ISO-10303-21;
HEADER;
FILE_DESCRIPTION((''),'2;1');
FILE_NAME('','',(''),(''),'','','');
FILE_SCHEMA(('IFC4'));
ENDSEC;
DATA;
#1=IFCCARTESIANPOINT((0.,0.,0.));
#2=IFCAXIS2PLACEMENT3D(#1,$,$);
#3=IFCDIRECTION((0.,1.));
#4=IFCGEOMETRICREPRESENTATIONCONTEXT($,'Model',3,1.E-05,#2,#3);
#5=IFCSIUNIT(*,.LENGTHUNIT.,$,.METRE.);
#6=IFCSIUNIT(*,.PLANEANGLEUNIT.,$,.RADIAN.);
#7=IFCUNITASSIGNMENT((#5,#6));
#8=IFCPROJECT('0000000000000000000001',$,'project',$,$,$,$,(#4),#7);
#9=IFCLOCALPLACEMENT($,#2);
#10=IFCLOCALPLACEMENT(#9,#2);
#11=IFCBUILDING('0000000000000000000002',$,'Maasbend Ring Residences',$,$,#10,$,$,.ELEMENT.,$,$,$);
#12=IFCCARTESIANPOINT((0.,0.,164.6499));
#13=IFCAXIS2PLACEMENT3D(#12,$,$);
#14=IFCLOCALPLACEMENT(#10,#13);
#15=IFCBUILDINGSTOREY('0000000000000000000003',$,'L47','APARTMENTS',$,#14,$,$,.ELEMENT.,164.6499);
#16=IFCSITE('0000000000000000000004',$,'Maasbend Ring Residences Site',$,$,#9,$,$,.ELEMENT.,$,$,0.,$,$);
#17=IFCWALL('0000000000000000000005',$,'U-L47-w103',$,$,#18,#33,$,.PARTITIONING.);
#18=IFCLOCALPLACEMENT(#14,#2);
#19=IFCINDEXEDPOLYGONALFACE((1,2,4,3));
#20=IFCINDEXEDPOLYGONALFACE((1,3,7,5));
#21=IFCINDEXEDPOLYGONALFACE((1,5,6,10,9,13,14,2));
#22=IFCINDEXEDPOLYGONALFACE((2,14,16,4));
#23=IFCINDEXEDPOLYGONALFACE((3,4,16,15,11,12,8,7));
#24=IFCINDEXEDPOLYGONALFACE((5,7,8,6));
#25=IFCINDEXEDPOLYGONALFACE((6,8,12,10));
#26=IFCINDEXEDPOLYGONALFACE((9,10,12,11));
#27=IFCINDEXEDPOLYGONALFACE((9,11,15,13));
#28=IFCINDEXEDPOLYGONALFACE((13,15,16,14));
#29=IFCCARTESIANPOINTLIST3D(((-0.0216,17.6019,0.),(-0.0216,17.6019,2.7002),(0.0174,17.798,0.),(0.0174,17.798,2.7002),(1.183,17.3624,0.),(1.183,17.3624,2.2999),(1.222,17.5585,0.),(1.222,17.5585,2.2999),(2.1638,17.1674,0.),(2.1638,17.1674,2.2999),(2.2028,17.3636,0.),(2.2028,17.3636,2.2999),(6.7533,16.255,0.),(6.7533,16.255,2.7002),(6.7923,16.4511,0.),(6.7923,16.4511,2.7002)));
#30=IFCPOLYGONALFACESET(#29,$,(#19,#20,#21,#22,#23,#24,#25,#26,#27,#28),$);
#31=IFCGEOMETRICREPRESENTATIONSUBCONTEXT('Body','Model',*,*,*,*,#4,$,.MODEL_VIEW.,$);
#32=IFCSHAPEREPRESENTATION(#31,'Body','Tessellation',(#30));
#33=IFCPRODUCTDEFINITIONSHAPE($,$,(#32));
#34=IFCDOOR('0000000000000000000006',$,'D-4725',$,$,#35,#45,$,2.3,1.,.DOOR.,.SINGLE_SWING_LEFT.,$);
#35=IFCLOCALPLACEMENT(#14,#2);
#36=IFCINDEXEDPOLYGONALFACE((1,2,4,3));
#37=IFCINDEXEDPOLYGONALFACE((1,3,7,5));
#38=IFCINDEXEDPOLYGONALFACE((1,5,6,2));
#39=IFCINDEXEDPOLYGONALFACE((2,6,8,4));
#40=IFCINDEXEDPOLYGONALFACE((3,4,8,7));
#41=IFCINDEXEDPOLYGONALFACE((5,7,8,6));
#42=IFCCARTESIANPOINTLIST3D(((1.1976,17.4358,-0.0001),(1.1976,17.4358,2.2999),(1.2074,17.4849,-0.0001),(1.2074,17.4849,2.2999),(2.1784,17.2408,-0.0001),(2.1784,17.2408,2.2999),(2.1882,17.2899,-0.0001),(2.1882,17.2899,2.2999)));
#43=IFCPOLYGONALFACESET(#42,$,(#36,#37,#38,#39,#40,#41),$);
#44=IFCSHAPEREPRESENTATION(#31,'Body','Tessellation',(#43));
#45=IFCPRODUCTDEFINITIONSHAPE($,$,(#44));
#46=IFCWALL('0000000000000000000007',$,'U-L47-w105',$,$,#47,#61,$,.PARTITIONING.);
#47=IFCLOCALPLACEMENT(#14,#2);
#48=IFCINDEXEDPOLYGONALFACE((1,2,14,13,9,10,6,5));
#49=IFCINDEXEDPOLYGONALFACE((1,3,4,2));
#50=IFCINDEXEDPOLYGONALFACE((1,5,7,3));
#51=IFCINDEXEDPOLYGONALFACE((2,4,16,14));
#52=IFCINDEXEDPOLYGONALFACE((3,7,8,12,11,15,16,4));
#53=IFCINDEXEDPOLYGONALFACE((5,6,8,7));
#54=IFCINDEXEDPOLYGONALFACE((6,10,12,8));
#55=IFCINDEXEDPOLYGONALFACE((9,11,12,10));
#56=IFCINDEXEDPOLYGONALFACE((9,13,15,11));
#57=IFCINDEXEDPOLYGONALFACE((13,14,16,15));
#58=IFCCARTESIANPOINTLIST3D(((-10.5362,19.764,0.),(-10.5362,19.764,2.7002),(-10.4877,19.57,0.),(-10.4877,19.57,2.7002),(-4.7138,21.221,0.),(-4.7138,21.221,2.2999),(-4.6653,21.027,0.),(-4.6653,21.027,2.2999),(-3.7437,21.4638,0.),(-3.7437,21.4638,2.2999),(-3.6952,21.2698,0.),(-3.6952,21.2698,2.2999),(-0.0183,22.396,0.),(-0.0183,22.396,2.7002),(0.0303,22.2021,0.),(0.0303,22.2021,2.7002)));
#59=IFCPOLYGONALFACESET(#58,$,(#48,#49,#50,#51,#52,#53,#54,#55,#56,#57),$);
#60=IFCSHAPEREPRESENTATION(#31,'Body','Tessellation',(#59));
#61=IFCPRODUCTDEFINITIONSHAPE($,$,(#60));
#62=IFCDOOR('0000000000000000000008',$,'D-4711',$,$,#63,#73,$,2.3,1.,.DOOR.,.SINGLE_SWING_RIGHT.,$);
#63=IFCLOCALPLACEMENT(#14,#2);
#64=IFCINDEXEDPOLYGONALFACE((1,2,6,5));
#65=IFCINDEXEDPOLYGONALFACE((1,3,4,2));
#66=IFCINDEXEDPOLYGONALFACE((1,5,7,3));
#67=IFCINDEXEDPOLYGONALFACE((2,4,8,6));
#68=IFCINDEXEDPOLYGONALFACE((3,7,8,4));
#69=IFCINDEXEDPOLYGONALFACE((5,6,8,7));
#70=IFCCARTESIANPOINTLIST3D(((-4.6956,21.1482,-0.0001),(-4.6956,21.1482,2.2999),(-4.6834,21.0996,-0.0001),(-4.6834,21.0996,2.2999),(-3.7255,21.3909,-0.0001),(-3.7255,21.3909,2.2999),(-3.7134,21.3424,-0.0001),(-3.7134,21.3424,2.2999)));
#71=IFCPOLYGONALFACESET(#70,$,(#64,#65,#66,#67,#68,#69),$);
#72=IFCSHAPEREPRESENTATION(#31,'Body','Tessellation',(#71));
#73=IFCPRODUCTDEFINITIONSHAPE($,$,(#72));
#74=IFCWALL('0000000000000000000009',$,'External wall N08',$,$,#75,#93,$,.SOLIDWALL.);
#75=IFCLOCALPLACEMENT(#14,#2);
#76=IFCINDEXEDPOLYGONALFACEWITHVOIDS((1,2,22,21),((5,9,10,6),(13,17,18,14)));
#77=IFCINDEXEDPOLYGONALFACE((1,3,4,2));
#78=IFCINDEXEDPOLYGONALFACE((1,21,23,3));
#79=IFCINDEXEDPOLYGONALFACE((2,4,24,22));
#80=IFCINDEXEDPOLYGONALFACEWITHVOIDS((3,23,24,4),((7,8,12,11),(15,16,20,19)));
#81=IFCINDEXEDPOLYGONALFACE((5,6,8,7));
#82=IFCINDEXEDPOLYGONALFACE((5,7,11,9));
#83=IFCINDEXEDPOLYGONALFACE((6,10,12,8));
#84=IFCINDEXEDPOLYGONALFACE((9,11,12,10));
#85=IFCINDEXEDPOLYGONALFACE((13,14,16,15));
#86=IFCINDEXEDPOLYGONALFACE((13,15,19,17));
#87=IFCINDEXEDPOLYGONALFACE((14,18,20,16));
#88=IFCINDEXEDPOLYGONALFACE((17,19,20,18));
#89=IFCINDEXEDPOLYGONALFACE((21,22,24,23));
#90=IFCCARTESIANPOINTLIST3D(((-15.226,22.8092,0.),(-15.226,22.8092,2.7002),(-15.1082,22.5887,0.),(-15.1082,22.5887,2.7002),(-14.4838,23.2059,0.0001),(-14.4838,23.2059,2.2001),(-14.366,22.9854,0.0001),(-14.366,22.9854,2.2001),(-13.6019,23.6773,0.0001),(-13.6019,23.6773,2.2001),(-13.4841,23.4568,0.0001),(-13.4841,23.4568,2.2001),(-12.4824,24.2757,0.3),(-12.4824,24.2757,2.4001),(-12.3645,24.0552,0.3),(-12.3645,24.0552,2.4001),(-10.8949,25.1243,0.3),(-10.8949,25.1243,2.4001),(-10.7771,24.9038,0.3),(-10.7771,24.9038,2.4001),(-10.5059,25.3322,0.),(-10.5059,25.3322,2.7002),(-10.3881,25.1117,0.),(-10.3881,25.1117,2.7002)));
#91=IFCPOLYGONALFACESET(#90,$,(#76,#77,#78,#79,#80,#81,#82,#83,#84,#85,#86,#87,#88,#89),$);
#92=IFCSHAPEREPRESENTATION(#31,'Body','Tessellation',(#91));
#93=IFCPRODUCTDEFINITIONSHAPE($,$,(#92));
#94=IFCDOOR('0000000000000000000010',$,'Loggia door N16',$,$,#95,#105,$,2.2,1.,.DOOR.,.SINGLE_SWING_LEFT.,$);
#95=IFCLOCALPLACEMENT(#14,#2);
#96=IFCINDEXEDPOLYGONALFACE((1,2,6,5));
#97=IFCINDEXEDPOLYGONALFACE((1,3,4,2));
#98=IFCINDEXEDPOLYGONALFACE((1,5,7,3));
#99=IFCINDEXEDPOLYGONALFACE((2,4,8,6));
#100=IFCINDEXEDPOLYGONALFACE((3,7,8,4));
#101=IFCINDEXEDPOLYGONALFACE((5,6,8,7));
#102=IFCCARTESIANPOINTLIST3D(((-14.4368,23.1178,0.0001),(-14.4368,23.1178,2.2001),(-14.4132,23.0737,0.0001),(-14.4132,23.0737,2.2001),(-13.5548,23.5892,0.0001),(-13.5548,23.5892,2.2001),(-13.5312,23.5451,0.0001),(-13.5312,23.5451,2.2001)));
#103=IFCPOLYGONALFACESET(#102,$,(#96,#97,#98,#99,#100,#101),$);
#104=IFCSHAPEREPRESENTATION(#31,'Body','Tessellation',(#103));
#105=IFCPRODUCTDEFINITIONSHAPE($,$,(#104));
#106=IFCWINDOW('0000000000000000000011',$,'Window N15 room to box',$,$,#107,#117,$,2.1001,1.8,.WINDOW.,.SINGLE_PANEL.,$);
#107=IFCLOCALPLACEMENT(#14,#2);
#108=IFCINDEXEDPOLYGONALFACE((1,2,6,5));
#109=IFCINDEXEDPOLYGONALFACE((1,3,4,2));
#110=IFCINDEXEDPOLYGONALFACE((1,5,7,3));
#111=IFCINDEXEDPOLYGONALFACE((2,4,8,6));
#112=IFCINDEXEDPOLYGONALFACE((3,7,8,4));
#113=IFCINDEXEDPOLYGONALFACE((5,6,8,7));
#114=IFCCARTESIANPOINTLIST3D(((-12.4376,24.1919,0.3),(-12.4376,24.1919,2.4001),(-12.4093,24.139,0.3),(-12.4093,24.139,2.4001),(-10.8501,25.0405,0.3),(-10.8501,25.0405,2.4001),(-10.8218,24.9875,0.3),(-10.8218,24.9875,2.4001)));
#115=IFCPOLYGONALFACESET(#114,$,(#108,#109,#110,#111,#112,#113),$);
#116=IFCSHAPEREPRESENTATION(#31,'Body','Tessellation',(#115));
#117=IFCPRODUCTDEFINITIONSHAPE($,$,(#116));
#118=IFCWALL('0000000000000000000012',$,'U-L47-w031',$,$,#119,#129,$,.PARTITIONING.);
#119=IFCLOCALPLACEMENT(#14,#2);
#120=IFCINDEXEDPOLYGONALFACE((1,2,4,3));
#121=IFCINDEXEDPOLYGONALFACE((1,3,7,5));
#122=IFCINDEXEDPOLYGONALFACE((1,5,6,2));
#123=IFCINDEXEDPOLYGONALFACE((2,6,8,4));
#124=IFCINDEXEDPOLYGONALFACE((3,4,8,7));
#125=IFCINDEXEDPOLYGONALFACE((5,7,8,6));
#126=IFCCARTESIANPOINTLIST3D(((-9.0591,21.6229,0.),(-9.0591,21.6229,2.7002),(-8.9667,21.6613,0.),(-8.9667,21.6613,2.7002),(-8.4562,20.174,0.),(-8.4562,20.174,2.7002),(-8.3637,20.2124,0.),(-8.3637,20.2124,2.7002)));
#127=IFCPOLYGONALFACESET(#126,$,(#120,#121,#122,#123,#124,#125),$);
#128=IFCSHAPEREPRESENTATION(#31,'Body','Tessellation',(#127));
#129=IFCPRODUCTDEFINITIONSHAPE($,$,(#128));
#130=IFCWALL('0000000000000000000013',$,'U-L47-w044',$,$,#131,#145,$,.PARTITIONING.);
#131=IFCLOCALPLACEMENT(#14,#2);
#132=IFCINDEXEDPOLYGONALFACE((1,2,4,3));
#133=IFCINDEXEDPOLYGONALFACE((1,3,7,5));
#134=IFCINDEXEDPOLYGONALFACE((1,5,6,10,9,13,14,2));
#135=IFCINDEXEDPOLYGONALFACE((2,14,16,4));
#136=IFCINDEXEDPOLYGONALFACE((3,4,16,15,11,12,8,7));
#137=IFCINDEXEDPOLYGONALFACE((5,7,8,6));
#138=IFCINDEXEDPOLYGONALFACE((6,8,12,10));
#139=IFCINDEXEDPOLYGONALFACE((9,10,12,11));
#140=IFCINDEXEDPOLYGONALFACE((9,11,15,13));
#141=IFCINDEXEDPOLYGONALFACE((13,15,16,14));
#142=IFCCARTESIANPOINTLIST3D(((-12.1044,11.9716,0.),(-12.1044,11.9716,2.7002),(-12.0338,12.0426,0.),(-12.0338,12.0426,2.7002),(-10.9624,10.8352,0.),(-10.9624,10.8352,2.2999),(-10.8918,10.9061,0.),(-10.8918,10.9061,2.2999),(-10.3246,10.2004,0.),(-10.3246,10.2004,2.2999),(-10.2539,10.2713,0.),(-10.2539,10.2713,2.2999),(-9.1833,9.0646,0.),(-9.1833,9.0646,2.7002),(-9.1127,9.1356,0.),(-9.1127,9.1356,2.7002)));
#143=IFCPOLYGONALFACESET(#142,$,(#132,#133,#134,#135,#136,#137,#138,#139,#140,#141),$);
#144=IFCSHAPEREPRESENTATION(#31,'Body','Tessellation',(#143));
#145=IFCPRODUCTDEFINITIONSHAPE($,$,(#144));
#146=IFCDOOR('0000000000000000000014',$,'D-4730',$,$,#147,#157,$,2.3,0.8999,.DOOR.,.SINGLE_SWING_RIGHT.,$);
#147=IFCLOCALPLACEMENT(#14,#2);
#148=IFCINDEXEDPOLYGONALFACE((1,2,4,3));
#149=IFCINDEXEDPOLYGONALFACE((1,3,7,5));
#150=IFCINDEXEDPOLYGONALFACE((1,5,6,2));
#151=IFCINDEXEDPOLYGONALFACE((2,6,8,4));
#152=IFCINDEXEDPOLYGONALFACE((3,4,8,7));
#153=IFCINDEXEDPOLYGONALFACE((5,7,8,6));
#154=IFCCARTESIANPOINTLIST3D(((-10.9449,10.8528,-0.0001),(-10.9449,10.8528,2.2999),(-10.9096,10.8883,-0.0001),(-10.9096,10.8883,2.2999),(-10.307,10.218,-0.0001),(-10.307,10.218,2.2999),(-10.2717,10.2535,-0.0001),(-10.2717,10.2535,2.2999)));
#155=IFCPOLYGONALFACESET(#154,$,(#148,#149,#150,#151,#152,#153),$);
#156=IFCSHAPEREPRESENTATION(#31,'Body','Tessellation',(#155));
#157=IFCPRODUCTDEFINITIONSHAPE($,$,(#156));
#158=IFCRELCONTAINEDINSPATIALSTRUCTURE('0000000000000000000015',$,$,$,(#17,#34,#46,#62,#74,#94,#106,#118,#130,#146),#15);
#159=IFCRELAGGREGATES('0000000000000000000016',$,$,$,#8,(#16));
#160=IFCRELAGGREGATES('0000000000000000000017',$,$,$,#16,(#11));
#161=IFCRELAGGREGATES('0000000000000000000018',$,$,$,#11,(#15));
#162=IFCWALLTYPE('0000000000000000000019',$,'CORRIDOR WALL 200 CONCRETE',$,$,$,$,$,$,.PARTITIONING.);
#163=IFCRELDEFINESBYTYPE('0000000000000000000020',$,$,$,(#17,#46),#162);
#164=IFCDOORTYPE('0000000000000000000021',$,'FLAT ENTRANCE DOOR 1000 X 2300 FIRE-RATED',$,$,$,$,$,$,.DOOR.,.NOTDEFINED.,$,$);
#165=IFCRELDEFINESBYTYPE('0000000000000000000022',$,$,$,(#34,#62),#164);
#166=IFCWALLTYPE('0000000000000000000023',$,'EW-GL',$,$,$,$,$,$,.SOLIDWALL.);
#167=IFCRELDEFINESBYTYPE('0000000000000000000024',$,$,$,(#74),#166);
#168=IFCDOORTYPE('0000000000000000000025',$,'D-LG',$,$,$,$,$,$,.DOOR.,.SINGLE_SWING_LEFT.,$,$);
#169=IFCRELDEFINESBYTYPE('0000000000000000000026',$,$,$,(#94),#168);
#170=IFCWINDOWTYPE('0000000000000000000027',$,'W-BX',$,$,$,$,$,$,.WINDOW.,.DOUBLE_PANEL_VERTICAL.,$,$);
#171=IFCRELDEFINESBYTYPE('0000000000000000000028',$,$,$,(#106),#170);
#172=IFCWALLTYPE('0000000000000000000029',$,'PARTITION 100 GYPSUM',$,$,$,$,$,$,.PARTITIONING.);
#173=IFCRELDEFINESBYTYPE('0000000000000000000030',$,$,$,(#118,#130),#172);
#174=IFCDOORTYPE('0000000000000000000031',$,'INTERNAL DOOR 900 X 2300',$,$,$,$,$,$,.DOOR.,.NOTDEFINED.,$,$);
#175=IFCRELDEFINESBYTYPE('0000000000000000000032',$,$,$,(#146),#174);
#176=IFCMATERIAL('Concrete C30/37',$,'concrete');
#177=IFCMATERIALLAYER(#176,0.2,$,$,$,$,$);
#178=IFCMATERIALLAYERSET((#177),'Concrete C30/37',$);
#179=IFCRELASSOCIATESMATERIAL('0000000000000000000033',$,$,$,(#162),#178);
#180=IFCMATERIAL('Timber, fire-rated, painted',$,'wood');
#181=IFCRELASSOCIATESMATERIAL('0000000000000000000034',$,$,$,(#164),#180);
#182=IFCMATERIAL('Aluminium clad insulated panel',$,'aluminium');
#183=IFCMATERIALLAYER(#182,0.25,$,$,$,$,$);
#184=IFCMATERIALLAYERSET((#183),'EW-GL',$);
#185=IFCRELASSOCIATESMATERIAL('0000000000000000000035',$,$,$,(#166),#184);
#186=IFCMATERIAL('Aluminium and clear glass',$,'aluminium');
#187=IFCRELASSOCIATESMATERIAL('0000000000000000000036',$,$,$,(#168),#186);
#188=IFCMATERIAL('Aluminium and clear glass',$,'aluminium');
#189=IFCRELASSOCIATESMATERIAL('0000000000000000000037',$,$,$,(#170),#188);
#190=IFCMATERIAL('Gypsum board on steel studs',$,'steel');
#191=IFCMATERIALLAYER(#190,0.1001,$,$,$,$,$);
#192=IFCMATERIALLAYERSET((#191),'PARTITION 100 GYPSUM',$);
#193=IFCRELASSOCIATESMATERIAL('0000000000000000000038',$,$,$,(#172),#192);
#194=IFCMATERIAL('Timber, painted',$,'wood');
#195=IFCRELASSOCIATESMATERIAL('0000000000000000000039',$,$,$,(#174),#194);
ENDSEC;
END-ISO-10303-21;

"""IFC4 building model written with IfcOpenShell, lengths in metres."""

from ifc_helpers import new_model, si_unit, direction, frame, frame_2d, origin, place, context, subcontext, project, spatial, rectangle, extrude, material, layer, layer_set, type_object, element, fill, save


model = new_model("IFC4")

# Units and contexts
model_context = context("Model", 3, precision=1e-05, world=origin(), true_north=direction((0.0, 1.0)))
body_context = subcontext(model_context, "Body", "Model", "MODEL_VIEW")
ifc_project = project(units=[si_unit("LENGTHUNIT", "METRE"), si_unit("PLANEANGLEUNIT", "RADIAN")], contexts=[model_context])

# Site, building, storey
site_placement = place(None, origin())
site = spatial("IfcSite", under=ifc_project, at=site_placement, Name="Maasbend Ring Residences Site", CompositionType="ELEMENT", RefElevation=0.0)
building_placement = place(site_placement, origin())
building = spatial("IfcBuilding", under=site, at=building_placement, Name="Maasbend Ring Residences", CompositionType="ELEMENT")
storey_placement = place(building_placement, frame((0.0, 0.0, 164.6499)))
storey = spatial("IfcBuildingStorey", under=building, at=storey_placement, Name="L47", Description="APARTMENTS", CompositionType="ELEMENT", Elevation=164.6499)

# Walls, openings, doors
ifc_material_1 = material(Name="Concrete C30/37", Category="concrete")
ifc_layer_1 = layer(ifc_material_1, 0.2)
ifc_layer_set_1 = layer_set([ifc_layer_1], Name="Concrete C30/37")
wall_type_1 = type_object("IfcWallType", Name="CORRIDOR WALL 200 CONCRETE", PredefinedType="PARTITIONING", material=ifc_layer_set_1)
wall_1_placement = place(storey_placement, frame((-0.002, 17.7, 0.0), z_axis=(0.0, 0.0, 1.0), x_axis=(0.980804, -0.194995, 0.0)))
wall_1 = element("IfcWall", 1, at=wall_1_placement, inside=storey, type_object=wall_type_1, Name="U-L47-w103", PredefinedType="PARTITIONING", context=body_context, shape_type="SweptSolid", body=[
    extrude(rectangle(XDim=6.9075, YDim=0.2, at=frame_2d((3.4536, 0.0))), origin(), (0.0, 0.0, 1.0), 2.7002),
])
opening_1_placement = place(wall_1_placement, frame((1.228, 0.0, 0.0)))
opening_1 = element("IfcOpeningElement", 2, at=opening_1_placement, cuts=wall_1, PredefinedType="OPENING", context=body_context, shape_type="SweptSolid", body=[
    extrude(rectangle(XDim=1.0, YDim=2.3, at=frame_2d((0.5, 1.1499))), frame((0.0, 0.1099, 0.0), z_axis=(0.0, -1.0, 0.0), x_axis=(1.0, 0.0, 0.0)), (0.0, 0.0, 1.0), 0.22),
])
ifc_material_2 = material(Name="Timber, fire-rated, painted", Category="wood")
door_type_1 = type_object("IfcDoorType", Name="FLAT ENTRANCE DOOR 1000 X 2300 FIRE-RATED", OperationType="NOTDEFINED", PredefinedType="DOOR", material=ifc_material_2)
door_1_placement = place(opening_1_placement, origin())
door_1 = element("IfcDoor", 3, at=door_1_placement, inside=storey, type_object=door_type_1, Name="D-4725", OperationType="SINGLE_SWING_LEFT", OverallHeight=2.3, OverallWidth=1.0, PredefinedType="DOOR", context=body_context, shape_type="SweptSolid", body=[
    extrude(rectangle(XDim=1.0, YDim=2.3, at=frame_2d((0.5, 1.1499))), frame((0.0, 0.0249, 0.0), z_axis=(0.0, -1.0, 0.0), x_axis=(1.0, 0.0, 0.0)), (0.0, 0.0, 1.0), 0.05),
])
fill(opening_1, door_1)
wall_2_placement = place(storey_placement, frame((-10.512, 19.667, 0.0), z_axis=(0.0, 0.0, 1.0), x_axis=(0.970087, 0.242758, 0.0)))
wall_2 = element("IfcWall", 4, at=wall_2_placement, inside=storey, type_object=wall_type_1, Name="U-L47-w105", PredefinedType="PARTITIONING", context=body_context, shape_type="SweptSolid", body=[
    extrude(rectangle(XDim=10.8423, YDim=0.2, at=frame_2d((5.4211, 0.0))), origin(), (0.0, 0.0, 1.0), 2.7002),
])
opening_2_placement = place(wall_2_placement, frame((6.002, 0.0, 0.0)))
opening_2 = element("IfcOpeningElement", 5, at=opening_2_placement, cuts=wall_2, PredefinedType="OPENING", context=body_context, shape_type="SweptSolid", body=[
    extrude(rectangle(XDim=1.0, YDim=2.3, at=frame_2d((0.5, 1.1499))), frame((0.0, 0.1099, 0.0), z_axis=(0.0, -1.0, 0.0), x_axis=(1.0, 0.0, 0.0)), (0.0, 0.0, 1.0), 0.22),
])
door_2_placement = place(opening_2_placement, origin())
door_2 = element("IfcDoor", 6, at=door_2_placement, inside=storey, type_object=door_type_1, Name="D-4711", OperationType="SINGLE_SWING_RIGHT", OverallHeight=2.3, OverallWidth=1.0, PredefinedType="DOOR", context=body_context, shape_type="SweptSolid", body=[
    extrude(rectangle(XDim=1.0, YDim=2.3, at=frame_2d((0.5, 1.1499))), frame((0.0, 0.0249, 0.0), z_axis=(0.0, -1.0, 0.0), x_axis=(1.0, 0.0, 0.0)), (0.0, 0.0, 1.0), 0.05),
])
fill(opening_2, door_2)

# Wall, openings, door, window
ifc_material_3 = material(Name="Aluminium clad insulated panel", Category="aluminium")
ifc_layer_2 = layer(ifc_material_3, 0.25)
ifc_layer_set_2 = layer_set([ifc_layer_2], Name="EW-GL")
wall_type_2 = type_object("IfcWallType", Name="EW-GL", PredefinedType="SOLIDWALL", material=ifc_layer_set_2)
wall_3_placement = place(storey_placement, frame((-10.447, 25.2219, 0.0), z_axis=(0.0, 0.0, 1.0), x_axis=(-0.881916, -0.471407, 0.0)))
wall_3 = element("IfcWall", 7, at=wall_3_placement, inside=storey, type_object=wall_type_2, Name="External wall N08", PredefinedType="SOLIDWALL", context=body_context, shape_type="SweptSolid", body=[
    extrude(rectangle(XDim=5.3521, YDim=0.25, at=frame_2d((2.676, 0.0))), origin(), (0.0, 0.0, 1.0), 2.7002),
])
opening_3_placement = place(wall_3_placement, frame((0.4412, 0.0, 0.3)))
opening_3 = element("IfcOpeningElement", 8, at=opening_3_placement, cuts=wall_3, PredefinedType="OPENING", context=body_context, shape_type="SweptSolid", body=[
    extrude(rectangle(XDim=1.8, YDim=2.1001, at=frame_2d((0.8999, 1.05))), frame((0.0, 0.135, 0.0), z_axis=(0.0, -1.0, 0.0), x_axis=(1.0, 0.0, 0.0)), (0.0, 0.0, 1.0), 0.27),
])
opening_4_placement = place(wall_3_placement, frame((3.5105, 0.0, 0.0)))
opening_4 = element("IfcOpeningElement", 9, at=opening_4_placement, cuts=wall_3, PredefinedType="OPENING", context=body_context, shape_type="SweptSolid", body=[
    extrude(rectangle(XDim=1.0, YDim=2.2, at=frame_2d((0.5, 1.1001))), frame((0.0, 0.135, 0.0), z_axis=(0.0, -1.0, 0.0), x_axis=(1.0, 0.0, 0.0)), (0.0, 0.0, 1.0), 0.27),
])
ifc_material_4 = material(Name="Aluminium and clear glass", Category="aluminium")
door_type_2 = type_object("IfcDoorType", Name="D-LG", OperationType="SINGLE_SWING_LEFT", PredefinedType="DOOR", material=ifc_material_4)
door_3_placement = place(opening_4_placement, origin())
door_3 = element("IfcDoor", 10, at=door_3_placement, inside=storey, type_object=door_type_2, Name="Loggia door N16", OperationType="SINGLE_SWING_LEFT", OverallHeight=2.2, OverallWidth=1.0, PredefinedType="DOOR", context=body_context, shape_type="SweptSolid", body=[
    extrude(rectangle(XDim=1.0, YDim=2.2, at=frame_2d((0.5, 1.1001))), frame((0.0, 0.0249, 0.0), z_axis=(0.0, -1.0, 0.0), x_axis=(1.0, 0.0, 0.0)), (0.0, 0.0, 1.0), 0.05),
])
fill(opening_4, door_3)
ifc_material_5 = material(Name="Aluminium and clear glass", Category="aluminium")
window_type = type_object("IfcWindowType", Name="W-BX", PartitioningType="DOUBLE_PANEL_VERTICAL", PredefinedType="WINDOW", material=ifc_material_5)
window_placement = place(opening_3_placement, origin())
window = element("IfcWindow", 11, at=window_placement, inside=storey, type_object=window_type, Name="Window N15 room to box", OverallHeight=2.1001, OverallWidth=1.8, PartitioningType="SINGLE_PANEL", PredefinedType="WINDOW", context=body_context, shape_type="SweptSolid", body=[
    extrude(rectangle(XDim=1.8, YDim=2.1001, at=frame_2d((0.8999, 1.05))), frame((0.0, 0.03, 0.0), z_axis=(0.0, -1.0, 0.0), x_axis=(1.0, 0.0, 0.0)), (0.0, 0.0, 1.0), 0.0601),
])
fill(opening_3, window)

# Wall
ifc_material_6 = material(Name="Gypsum board on steel studs", Category="steel")
ifc_layer_3 = layer(ifc_material_6, 0.1001)
ifc_layer_set_3 = layer_set([ifc_layer_3], Name="PARTITION 100 GYPSUM")
wall_type_3 = type_object("IfcWallType", Name="PARTITION 100 GYPSUM", PredefinedType="PARTITIONING", material=ifc_layer_set_3)
wall_4_placement = place(storey_placement, frame((-9.0129, 21.6421, 0.0), z_axis=(0.0, 0.0, 1.0), x_axis=(0.384229, -0.923238, 0.0)))
element("IfcWall", 12, at=wall_4_placement, inside=storey, type_object=wall_type_3, Name="U-L47-w031", PredefinedType="PARTITIONING", context=body_context, shape_type="SweptSolid", body=[
    extrude(rectangle(XDim=1.5693, YDim=0.1001, at=frame_2d((0.7847, 0.0))), origin(), (0.0, 0.0, 1.0), 2.7002),
])

# Wall, opening, door
wall_5_placement = place(storey_placement, frame((-12.0691, 12.0071, 0.0), z_axis=(0.0, 0.0, 1.0), x_axis=(0.708823, -0.705387, 0.0)))
wall_5 = element("IfcWall", 13, at=wall_5_placement, inside=storey, type_object=wall_type_3, Name="U-L47-w044", PredefinedType="PARTITIONING", context=body_context, shape_type="SweptSolid", body=[
    extrude(rectangle(XDim=4.1211, YDim=0.1001, at=frame_2d((2.0605, 0.0))), origin(), (0.0, 0.0, 1.0), 2.7002),
])
opening_5_placement = place(wall_5_placement, frame((1.6111, 0.0, 0.0)))
opening_5 = element("IfcOpeningElement", 14, at=opening_5_placement, cuts=wall_5, PredefinedType="OPENING", context=body_context, shape_type="SweptSolid", body=[
    extrude(rectangle(XDim=0.8999, YDim=2.3, at=frame_2d((0.45, 1.1499))), frame((0.0, 0.0601, 0.0), z_axis=(0.0, -1.0, 0.0), x_axis=(1.0, 0.0, 0.0)), (0.0, 0.0, 1.0), 0.1201),
])
ifc_material_7 = material(Name="Timber, painted", Category="wood")
door_type_3 = type_object("IfcDoorType", Name="INTERNAL DOOR 900 X 2300", OperationType="NOTDEFINED", PredefinedType="DOOR", material=ifc_material_7)
door_4_placement = place(opening_5_placement, origin())
door_4 = element("IfcDoor", 15, at=door_4_placement, inside=storey, type_object=door_type_3, Name="D-4730", OperationType="SINGLE_SWING_RIGHT", OverallHeight=2.3, OverallWidth=0.8999, PredefinedType="DOOR", context=body_context, shape_type="SweptSolid", body=[
    extrude(rectangle(XDim=0.8999, YDim=2.3, at=frame_2d((0.45, 1.1499))), frame((0.0, 0.0249, 0.0), z_axis=(0.0, -1.0, 0.0), x_axis=(1.0, 0.0, 0.0)), (0.0, 0.0, 1.0), 0.05),
])
fill(opening_5, door_4)

save(model, "model.ifc")
